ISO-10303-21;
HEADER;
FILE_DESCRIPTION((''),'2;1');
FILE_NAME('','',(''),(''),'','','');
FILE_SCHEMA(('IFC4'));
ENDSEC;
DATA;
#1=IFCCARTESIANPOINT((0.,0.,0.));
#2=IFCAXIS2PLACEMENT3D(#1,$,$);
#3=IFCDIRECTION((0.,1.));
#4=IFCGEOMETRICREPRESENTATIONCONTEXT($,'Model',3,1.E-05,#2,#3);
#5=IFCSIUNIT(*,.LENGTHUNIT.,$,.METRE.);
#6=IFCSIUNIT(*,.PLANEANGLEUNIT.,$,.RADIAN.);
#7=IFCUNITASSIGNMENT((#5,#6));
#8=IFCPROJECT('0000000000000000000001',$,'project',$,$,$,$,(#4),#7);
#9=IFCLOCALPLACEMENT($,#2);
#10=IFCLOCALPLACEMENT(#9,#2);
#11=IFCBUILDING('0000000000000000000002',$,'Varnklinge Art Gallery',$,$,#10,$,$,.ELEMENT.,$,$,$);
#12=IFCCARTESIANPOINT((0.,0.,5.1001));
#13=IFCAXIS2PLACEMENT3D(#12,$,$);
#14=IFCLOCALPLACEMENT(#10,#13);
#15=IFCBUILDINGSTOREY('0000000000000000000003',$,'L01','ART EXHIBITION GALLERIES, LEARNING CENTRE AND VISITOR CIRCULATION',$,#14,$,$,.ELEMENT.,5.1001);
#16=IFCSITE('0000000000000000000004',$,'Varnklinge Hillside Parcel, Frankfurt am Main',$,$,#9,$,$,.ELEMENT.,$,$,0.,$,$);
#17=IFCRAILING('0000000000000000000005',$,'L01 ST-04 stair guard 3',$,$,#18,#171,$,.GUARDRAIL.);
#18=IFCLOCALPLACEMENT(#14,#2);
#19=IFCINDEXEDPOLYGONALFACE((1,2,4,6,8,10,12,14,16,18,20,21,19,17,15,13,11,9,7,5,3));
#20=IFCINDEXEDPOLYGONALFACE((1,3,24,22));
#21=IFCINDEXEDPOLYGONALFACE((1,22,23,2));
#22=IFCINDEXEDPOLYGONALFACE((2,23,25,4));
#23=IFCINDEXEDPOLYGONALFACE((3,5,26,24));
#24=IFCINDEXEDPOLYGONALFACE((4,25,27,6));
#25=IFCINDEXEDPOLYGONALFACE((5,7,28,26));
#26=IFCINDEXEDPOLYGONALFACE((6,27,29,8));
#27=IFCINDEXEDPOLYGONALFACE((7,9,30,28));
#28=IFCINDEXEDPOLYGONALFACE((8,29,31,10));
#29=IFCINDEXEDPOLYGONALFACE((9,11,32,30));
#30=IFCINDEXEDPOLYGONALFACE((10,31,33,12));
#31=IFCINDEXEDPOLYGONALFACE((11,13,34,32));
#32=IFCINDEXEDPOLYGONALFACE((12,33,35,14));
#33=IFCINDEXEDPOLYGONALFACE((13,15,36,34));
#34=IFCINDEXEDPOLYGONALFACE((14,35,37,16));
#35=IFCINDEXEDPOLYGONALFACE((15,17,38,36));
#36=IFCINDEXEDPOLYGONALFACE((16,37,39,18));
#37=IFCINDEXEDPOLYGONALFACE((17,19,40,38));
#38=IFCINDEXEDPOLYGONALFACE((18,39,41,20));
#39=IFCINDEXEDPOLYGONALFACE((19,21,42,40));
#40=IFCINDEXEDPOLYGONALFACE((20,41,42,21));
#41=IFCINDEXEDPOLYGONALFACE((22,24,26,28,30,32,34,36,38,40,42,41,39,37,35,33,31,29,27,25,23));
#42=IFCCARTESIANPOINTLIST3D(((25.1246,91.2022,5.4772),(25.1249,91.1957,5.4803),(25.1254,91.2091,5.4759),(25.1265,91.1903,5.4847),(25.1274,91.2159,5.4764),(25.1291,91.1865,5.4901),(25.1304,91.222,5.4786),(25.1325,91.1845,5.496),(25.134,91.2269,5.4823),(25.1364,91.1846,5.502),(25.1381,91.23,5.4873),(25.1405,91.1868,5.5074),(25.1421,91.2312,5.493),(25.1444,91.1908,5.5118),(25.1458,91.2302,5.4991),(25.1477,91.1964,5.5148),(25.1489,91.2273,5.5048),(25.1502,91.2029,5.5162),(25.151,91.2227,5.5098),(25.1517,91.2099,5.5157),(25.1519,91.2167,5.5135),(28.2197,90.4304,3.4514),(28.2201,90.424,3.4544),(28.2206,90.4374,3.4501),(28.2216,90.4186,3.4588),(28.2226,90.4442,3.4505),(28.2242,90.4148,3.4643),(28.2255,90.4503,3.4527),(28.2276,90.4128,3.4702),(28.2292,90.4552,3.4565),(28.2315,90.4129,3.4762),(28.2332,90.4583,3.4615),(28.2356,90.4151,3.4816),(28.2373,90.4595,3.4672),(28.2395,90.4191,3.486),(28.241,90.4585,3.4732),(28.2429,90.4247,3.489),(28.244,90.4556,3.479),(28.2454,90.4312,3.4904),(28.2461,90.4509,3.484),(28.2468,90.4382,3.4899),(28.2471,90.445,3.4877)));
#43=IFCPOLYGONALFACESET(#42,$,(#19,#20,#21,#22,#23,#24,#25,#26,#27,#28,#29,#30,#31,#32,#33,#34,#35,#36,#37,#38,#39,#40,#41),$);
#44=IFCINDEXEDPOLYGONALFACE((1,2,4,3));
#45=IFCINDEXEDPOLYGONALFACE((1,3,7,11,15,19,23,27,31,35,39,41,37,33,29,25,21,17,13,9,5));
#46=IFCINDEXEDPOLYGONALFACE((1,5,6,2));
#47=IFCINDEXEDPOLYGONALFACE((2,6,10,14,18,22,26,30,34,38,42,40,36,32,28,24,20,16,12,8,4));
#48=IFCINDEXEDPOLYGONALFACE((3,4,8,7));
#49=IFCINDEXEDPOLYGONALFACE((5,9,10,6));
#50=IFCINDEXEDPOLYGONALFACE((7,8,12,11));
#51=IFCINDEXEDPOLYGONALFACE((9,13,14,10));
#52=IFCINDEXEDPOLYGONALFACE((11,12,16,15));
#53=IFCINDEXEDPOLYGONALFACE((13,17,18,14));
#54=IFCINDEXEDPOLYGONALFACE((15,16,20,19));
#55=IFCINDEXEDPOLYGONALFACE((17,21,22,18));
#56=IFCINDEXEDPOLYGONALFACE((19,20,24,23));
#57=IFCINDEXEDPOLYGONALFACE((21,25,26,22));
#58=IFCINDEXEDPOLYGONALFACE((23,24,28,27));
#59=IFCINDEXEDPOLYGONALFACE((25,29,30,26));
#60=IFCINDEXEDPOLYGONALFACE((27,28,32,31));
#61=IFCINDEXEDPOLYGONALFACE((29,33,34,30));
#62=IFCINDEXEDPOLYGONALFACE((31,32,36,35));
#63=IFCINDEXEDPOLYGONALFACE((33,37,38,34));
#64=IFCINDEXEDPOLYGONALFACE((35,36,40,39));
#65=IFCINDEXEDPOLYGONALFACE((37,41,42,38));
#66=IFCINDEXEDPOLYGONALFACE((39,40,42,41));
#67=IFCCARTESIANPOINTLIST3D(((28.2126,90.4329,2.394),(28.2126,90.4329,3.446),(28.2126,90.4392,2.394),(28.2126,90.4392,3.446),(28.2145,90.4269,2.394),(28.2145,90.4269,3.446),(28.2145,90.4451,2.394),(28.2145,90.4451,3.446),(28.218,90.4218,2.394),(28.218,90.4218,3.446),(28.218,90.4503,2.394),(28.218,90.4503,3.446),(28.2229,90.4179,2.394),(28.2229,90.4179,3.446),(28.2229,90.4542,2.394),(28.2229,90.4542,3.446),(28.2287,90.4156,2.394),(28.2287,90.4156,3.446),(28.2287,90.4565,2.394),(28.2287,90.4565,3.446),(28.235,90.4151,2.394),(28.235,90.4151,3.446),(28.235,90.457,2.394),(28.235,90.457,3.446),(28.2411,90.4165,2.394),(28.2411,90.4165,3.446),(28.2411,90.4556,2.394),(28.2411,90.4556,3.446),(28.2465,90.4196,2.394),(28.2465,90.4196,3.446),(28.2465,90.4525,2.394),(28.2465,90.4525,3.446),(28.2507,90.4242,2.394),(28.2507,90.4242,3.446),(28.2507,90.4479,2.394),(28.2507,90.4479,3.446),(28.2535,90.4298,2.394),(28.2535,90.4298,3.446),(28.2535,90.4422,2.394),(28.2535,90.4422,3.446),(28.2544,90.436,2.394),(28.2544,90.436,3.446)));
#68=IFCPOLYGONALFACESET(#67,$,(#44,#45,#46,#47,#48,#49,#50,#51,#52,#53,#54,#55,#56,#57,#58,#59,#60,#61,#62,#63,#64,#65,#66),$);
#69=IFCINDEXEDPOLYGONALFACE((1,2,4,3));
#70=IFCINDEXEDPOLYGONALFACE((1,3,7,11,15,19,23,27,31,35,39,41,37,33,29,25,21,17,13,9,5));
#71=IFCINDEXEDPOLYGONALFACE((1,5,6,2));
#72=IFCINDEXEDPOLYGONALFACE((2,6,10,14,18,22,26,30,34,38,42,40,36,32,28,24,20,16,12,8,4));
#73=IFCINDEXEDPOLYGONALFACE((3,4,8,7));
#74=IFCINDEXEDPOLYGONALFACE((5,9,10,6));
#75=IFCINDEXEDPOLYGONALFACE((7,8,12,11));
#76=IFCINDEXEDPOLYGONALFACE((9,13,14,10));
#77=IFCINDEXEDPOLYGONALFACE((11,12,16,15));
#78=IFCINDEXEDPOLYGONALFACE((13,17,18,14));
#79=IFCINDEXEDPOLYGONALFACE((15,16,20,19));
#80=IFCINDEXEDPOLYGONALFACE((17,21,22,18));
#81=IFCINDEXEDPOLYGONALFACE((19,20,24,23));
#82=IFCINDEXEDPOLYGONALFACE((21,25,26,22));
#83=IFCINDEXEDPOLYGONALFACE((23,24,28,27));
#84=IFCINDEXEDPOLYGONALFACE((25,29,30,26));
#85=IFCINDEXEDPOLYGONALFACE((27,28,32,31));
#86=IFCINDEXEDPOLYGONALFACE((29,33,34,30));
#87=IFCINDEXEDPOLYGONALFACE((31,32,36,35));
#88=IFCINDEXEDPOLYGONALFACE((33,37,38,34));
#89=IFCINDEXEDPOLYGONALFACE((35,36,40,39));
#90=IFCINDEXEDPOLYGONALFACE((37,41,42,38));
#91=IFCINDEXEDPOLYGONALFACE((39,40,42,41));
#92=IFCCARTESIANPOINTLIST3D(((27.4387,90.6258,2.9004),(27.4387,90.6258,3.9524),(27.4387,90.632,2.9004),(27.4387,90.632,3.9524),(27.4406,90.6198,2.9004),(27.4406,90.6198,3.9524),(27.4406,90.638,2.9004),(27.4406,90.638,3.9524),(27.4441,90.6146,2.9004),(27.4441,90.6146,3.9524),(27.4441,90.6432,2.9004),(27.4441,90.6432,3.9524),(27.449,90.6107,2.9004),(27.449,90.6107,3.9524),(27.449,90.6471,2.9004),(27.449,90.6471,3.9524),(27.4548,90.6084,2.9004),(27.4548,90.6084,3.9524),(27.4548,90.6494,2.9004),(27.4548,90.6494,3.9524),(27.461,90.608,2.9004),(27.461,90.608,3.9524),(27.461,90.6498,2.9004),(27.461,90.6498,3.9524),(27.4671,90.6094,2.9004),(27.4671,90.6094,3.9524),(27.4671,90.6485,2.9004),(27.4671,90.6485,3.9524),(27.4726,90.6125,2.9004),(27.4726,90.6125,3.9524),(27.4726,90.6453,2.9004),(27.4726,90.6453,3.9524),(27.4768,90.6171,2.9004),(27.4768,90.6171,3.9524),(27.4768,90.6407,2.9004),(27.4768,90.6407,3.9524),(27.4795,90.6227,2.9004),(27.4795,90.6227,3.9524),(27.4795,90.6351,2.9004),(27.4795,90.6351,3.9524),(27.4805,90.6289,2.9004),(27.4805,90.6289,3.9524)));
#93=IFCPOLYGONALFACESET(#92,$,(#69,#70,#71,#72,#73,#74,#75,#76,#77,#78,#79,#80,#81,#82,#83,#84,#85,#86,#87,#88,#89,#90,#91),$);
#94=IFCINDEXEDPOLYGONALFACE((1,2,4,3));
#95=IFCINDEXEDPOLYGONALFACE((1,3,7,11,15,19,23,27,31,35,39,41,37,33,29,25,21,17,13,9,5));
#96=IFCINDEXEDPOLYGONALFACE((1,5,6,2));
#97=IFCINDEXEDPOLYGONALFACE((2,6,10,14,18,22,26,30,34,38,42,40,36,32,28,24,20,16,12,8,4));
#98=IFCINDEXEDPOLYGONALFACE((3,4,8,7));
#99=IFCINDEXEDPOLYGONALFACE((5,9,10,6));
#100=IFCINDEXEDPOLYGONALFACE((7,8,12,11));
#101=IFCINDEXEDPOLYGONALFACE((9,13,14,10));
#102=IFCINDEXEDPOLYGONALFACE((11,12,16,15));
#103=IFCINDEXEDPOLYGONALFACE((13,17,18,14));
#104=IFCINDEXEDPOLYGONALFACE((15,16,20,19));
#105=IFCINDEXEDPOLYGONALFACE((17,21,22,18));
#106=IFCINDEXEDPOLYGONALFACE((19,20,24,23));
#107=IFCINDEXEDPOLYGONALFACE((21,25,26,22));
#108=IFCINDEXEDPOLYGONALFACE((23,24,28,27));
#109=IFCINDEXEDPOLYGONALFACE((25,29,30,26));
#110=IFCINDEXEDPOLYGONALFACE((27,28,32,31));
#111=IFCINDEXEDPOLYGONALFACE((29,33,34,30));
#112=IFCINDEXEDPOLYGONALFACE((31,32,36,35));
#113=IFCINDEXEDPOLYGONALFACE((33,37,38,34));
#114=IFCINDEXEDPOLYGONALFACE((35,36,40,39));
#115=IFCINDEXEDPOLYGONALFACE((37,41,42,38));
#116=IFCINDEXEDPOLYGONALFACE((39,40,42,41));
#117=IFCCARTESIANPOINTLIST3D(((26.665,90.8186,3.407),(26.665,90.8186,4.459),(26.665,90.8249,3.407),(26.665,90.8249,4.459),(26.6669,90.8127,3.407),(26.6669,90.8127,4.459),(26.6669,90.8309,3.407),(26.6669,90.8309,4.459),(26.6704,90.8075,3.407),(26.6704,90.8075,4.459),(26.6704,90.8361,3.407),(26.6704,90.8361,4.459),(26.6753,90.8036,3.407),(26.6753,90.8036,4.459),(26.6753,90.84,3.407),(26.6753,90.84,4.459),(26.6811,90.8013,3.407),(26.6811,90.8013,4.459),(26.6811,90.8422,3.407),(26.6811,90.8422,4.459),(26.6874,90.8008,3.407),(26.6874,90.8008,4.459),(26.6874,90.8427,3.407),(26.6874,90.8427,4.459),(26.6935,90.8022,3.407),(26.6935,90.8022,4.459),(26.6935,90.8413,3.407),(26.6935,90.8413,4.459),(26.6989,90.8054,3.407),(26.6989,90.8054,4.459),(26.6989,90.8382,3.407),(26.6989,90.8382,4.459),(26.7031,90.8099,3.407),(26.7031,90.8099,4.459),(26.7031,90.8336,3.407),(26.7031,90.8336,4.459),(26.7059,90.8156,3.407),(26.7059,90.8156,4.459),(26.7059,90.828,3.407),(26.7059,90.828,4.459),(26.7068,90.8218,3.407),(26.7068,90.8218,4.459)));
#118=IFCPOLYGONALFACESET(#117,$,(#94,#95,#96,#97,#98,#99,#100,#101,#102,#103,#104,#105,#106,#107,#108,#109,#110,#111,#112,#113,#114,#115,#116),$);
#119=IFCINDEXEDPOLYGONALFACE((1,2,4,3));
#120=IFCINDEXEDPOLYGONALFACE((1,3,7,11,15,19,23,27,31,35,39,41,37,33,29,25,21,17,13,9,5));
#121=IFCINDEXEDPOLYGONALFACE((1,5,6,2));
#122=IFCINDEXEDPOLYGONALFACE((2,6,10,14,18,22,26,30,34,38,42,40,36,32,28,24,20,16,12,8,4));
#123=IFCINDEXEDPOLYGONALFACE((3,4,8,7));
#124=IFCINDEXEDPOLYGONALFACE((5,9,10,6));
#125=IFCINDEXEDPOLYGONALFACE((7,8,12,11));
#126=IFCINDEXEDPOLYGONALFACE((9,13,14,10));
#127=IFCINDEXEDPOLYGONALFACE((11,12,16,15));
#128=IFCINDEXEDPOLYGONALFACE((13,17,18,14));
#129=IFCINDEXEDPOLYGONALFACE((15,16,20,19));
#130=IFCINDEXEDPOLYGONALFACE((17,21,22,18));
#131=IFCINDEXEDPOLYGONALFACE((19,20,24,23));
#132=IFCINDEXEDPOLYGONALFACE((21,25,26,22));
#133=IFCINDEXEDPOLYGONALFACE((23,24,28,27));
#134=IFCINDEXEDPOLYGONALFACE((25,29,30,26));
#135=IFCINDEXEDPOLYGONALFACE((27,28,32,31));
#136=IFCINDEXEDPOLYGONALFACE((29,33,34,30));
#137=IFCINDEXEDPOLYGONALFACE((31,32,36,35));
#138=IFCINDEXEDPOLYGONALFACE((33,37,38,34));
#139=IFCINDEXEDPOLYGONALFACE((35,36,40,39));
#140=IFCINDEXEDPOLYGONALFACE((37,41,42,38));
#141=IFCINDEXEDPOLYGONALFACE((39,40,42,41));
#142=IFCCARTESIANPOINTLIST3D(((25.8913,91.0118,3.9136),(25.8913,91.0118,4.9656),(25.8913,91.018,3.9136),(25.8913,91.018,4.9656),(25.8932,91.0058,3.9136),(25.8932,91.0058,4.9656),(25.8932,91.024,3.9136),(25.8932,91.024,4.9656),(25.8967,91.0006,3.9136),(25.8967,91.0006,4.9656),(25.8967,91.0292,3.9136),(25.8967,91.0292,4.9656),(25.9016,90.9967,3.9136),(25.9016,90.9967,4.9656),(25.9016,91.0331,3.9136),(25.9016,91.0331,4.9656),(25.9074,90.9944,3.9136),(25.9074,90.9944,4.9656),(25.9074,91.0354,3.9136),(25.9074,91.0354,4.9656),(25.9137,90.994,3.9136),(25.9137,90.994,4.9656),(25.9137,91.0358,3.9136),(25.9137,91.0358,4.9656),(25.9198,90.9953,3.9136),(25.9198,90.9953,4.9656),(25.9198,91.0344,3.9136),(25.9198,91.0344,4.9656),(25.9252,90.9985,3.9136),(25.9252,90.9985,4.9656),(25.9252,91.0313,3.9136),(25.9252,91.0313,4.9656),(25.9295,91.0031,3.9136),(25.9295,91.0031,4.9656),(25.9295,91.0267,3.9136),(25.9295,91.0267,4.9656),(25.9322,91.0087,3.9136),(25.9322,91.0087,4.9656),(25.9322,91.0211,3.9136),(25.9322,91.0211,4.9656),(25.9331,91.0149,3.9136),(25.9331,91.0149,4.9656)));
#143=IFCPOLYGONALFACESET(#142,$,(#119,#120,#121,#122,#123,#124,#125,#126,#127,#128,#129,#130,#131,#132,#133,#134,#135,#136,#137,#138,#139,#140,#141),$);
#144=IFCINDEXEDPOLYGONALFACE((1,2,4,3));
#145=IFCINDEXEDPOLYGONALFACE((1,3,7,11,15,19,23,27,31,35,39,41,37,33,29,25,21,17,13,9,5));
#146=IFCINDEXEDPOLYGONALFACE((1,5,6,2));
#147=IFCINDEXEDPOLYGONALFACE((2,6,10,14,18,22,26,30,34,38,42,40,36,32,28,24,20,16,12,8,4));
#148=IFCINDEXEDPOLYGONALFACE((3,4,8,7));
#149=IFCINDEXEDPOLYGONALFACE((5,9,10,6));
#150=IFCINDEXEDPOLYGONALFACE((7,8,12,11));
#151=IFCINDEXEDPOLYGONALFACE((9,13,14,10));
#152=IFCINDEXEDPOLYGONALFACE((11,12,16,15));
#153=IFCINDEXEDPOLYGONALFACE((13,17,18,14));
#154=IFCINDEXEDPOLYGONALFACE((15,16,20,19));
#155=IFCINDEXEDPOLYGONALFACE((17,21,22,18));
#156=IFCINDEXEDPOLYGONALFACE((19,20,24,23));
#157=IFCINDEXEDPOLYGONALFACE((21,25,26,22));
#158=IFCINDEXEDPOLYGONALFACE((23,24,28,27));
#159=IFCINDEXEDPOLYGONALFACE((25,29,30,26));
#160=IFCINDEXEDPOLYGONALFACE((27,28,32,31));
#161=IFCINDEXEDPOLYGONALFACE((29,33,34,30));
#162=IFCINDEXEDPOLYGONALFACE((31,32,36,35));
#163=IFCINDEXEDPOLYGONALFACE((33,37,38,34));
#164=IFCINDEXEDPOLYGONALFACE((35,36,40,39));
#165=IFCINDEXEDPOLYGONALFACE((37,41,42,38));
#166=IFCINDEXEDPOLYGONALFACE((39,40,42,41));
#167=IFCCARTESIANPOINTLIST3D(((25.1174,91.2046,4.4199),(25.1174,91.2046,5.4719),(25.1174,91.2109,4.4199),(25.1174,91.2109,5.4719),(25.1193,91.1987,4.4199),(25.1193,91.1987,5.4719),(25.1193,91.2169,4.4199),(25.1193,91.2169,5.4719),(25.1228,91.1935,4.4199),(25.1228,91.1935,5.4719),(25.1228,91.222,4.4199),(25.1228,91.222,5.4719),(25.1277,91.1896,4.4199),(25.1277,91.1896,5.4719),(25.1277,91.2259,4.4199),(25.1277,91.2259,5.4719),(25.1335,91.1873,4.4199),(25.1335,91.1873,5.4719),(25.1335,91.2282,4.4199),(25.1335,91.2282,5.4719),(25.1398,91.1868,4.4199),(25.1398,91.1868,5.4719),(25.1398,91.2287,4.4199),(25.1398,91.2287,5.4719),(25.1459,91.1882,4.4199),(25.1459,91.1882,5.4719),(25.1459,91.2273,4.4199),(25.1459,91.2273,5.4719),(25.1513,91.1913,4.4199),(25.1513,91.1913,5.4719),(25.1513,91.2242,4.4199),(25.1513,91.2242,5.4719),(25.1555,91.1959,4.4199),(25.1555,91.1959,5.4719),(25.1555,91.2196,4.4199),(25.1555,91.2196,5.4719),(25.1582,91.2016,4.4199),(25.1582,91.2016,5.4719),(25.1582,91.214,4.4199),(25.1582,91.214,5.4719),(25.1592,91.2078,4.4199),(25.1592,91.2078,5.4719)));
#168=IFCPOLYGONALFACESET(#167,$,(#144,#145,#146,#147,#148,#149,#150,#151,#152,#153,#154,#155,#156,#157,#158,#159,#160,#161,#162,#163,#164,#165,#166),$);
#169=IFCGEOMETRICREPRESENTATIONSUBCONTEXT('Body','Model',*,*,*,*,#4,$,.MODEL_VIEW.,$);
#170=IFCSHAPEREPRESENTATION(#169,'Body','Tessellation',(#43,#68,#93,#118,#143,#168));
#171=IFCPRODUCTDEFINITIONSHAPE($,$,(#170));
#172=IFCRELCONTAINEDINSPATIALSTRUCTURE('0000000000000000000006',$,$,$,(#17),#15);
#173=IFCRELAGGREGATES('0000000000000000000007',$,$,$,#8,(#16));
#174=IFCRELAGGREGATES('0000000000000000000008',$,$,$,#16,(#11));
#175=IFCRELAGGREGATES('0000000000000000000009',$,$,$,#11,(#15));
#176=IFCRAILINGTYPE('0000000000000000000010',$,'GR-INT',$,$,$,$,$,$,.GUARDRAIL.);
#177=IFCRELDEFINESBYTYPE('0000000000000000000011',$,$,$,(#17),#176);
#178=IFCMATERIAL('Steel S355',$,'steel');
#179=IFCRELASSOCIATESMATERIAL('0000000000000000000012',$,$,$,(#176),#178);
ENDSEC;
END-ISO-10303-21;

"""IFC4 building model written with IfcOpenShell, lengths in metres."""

from ifc_helpers import new_model, si_unit, direction, frame, origin, origin_2d, place, context, subcontext, project, spatial, circle, extrude, material, type_object, element, save


model = new_model("IFC4")

# Units and contexts
model_context = context("Model", 3, precision=1e-05, world=origin(), true_north=direction((0.0, 1.0)))
body_context = subcontext(model_context, "Body", "Model", "MODEL_VIEW")
ifc_project = project(units=[si_unit("LENGTHUNIT", "METRE"), si_unit("PLANEANGLEUNIT", "RADIAN")], contexts=[model_context])

# Site, building, storey
site_placement = place(None, origin())
site = spatial("IfcSite", under=ifc_project, at=site_placement, Name="Varnklinge Hillside Parcel, Frankfurt am Main", CompositionType="ELEMENT", RefElevation=0.0)
building_placement = place(site_placement, origin())
building = spatial("IfcBuilding", under=site, at=building_placement, Name="Varnklinge Art Gallery", CompositionType="ELEMENT")
storey_placement = place(building_placement, frame((0.0, 0.0, 5.1001)))
storey = spatial("IfcBuildingStorey", under=building, at=storey_placement, Name="L01", Description="ART EXHIBITION GALLERIES, LEARNING CENTRE AND VISITOR CIRCULATION", CompositionType="ELEMENT", Elevation=5.1001)

# Railing
ifc_material_1 = material(Name="Steel S355", Category="steel")
railing_type_1 = type_object("IfcRailingType", Name="GR-INT", PredefinedType="GUARDRAIL", material=ifc_material_1)
railing_1_placement = place(storey_placement, frame((28.2334, 90.436, 2.394)))
element("IfcRailing", 1, at=railing_1_placement, inside=storey, type_object=railing_type_1, Name="L01 ST-04 stair guard 3", PredefinedType="GUARDRAIL", context=body_context, shape_type="SweptSolid", body=[
    extrude(circle(Radius=0.0239, at=origin_2d()), frame((0.0, 0.0, 1.0762), z_axis=(-0.819078, 0.20422, 0.536102), x_axis=(-0.241923, -0.970295, 0.0)), (0.0, 0.0, 1.0), 3.7788),
    extrude(circle(Radius=0.021, at=origin_2d()), origin(), (0.0, 0.0, 1.0), 1.052),
    extrude(circle(Radius=0.021, at=origin_2d()), frame((-0.7739, 0.1929, 0.5063)), (0.0, 0.0, 1.0), 1.052),
    extrude(circle(Radius=0.021, at=origin_2d()), frame((-1.5476, 0.3857, 1.0129)), (0.0, 0.0, 1.0), 1.052),
    extrude(circle(Radius=0.021, at=origin_2d()), frame((-2.3213, 0.5789, 1.5195)), (0.0, 0.0, 1.0), 1.052),
    extrude(circle(Radius=0.021, at=origin_2d()), frame((-3.0952, 0.7717, 2.0259)), (0.0, 0.0, 1.0), 1.052),
])

save(model, "model.ifc")
